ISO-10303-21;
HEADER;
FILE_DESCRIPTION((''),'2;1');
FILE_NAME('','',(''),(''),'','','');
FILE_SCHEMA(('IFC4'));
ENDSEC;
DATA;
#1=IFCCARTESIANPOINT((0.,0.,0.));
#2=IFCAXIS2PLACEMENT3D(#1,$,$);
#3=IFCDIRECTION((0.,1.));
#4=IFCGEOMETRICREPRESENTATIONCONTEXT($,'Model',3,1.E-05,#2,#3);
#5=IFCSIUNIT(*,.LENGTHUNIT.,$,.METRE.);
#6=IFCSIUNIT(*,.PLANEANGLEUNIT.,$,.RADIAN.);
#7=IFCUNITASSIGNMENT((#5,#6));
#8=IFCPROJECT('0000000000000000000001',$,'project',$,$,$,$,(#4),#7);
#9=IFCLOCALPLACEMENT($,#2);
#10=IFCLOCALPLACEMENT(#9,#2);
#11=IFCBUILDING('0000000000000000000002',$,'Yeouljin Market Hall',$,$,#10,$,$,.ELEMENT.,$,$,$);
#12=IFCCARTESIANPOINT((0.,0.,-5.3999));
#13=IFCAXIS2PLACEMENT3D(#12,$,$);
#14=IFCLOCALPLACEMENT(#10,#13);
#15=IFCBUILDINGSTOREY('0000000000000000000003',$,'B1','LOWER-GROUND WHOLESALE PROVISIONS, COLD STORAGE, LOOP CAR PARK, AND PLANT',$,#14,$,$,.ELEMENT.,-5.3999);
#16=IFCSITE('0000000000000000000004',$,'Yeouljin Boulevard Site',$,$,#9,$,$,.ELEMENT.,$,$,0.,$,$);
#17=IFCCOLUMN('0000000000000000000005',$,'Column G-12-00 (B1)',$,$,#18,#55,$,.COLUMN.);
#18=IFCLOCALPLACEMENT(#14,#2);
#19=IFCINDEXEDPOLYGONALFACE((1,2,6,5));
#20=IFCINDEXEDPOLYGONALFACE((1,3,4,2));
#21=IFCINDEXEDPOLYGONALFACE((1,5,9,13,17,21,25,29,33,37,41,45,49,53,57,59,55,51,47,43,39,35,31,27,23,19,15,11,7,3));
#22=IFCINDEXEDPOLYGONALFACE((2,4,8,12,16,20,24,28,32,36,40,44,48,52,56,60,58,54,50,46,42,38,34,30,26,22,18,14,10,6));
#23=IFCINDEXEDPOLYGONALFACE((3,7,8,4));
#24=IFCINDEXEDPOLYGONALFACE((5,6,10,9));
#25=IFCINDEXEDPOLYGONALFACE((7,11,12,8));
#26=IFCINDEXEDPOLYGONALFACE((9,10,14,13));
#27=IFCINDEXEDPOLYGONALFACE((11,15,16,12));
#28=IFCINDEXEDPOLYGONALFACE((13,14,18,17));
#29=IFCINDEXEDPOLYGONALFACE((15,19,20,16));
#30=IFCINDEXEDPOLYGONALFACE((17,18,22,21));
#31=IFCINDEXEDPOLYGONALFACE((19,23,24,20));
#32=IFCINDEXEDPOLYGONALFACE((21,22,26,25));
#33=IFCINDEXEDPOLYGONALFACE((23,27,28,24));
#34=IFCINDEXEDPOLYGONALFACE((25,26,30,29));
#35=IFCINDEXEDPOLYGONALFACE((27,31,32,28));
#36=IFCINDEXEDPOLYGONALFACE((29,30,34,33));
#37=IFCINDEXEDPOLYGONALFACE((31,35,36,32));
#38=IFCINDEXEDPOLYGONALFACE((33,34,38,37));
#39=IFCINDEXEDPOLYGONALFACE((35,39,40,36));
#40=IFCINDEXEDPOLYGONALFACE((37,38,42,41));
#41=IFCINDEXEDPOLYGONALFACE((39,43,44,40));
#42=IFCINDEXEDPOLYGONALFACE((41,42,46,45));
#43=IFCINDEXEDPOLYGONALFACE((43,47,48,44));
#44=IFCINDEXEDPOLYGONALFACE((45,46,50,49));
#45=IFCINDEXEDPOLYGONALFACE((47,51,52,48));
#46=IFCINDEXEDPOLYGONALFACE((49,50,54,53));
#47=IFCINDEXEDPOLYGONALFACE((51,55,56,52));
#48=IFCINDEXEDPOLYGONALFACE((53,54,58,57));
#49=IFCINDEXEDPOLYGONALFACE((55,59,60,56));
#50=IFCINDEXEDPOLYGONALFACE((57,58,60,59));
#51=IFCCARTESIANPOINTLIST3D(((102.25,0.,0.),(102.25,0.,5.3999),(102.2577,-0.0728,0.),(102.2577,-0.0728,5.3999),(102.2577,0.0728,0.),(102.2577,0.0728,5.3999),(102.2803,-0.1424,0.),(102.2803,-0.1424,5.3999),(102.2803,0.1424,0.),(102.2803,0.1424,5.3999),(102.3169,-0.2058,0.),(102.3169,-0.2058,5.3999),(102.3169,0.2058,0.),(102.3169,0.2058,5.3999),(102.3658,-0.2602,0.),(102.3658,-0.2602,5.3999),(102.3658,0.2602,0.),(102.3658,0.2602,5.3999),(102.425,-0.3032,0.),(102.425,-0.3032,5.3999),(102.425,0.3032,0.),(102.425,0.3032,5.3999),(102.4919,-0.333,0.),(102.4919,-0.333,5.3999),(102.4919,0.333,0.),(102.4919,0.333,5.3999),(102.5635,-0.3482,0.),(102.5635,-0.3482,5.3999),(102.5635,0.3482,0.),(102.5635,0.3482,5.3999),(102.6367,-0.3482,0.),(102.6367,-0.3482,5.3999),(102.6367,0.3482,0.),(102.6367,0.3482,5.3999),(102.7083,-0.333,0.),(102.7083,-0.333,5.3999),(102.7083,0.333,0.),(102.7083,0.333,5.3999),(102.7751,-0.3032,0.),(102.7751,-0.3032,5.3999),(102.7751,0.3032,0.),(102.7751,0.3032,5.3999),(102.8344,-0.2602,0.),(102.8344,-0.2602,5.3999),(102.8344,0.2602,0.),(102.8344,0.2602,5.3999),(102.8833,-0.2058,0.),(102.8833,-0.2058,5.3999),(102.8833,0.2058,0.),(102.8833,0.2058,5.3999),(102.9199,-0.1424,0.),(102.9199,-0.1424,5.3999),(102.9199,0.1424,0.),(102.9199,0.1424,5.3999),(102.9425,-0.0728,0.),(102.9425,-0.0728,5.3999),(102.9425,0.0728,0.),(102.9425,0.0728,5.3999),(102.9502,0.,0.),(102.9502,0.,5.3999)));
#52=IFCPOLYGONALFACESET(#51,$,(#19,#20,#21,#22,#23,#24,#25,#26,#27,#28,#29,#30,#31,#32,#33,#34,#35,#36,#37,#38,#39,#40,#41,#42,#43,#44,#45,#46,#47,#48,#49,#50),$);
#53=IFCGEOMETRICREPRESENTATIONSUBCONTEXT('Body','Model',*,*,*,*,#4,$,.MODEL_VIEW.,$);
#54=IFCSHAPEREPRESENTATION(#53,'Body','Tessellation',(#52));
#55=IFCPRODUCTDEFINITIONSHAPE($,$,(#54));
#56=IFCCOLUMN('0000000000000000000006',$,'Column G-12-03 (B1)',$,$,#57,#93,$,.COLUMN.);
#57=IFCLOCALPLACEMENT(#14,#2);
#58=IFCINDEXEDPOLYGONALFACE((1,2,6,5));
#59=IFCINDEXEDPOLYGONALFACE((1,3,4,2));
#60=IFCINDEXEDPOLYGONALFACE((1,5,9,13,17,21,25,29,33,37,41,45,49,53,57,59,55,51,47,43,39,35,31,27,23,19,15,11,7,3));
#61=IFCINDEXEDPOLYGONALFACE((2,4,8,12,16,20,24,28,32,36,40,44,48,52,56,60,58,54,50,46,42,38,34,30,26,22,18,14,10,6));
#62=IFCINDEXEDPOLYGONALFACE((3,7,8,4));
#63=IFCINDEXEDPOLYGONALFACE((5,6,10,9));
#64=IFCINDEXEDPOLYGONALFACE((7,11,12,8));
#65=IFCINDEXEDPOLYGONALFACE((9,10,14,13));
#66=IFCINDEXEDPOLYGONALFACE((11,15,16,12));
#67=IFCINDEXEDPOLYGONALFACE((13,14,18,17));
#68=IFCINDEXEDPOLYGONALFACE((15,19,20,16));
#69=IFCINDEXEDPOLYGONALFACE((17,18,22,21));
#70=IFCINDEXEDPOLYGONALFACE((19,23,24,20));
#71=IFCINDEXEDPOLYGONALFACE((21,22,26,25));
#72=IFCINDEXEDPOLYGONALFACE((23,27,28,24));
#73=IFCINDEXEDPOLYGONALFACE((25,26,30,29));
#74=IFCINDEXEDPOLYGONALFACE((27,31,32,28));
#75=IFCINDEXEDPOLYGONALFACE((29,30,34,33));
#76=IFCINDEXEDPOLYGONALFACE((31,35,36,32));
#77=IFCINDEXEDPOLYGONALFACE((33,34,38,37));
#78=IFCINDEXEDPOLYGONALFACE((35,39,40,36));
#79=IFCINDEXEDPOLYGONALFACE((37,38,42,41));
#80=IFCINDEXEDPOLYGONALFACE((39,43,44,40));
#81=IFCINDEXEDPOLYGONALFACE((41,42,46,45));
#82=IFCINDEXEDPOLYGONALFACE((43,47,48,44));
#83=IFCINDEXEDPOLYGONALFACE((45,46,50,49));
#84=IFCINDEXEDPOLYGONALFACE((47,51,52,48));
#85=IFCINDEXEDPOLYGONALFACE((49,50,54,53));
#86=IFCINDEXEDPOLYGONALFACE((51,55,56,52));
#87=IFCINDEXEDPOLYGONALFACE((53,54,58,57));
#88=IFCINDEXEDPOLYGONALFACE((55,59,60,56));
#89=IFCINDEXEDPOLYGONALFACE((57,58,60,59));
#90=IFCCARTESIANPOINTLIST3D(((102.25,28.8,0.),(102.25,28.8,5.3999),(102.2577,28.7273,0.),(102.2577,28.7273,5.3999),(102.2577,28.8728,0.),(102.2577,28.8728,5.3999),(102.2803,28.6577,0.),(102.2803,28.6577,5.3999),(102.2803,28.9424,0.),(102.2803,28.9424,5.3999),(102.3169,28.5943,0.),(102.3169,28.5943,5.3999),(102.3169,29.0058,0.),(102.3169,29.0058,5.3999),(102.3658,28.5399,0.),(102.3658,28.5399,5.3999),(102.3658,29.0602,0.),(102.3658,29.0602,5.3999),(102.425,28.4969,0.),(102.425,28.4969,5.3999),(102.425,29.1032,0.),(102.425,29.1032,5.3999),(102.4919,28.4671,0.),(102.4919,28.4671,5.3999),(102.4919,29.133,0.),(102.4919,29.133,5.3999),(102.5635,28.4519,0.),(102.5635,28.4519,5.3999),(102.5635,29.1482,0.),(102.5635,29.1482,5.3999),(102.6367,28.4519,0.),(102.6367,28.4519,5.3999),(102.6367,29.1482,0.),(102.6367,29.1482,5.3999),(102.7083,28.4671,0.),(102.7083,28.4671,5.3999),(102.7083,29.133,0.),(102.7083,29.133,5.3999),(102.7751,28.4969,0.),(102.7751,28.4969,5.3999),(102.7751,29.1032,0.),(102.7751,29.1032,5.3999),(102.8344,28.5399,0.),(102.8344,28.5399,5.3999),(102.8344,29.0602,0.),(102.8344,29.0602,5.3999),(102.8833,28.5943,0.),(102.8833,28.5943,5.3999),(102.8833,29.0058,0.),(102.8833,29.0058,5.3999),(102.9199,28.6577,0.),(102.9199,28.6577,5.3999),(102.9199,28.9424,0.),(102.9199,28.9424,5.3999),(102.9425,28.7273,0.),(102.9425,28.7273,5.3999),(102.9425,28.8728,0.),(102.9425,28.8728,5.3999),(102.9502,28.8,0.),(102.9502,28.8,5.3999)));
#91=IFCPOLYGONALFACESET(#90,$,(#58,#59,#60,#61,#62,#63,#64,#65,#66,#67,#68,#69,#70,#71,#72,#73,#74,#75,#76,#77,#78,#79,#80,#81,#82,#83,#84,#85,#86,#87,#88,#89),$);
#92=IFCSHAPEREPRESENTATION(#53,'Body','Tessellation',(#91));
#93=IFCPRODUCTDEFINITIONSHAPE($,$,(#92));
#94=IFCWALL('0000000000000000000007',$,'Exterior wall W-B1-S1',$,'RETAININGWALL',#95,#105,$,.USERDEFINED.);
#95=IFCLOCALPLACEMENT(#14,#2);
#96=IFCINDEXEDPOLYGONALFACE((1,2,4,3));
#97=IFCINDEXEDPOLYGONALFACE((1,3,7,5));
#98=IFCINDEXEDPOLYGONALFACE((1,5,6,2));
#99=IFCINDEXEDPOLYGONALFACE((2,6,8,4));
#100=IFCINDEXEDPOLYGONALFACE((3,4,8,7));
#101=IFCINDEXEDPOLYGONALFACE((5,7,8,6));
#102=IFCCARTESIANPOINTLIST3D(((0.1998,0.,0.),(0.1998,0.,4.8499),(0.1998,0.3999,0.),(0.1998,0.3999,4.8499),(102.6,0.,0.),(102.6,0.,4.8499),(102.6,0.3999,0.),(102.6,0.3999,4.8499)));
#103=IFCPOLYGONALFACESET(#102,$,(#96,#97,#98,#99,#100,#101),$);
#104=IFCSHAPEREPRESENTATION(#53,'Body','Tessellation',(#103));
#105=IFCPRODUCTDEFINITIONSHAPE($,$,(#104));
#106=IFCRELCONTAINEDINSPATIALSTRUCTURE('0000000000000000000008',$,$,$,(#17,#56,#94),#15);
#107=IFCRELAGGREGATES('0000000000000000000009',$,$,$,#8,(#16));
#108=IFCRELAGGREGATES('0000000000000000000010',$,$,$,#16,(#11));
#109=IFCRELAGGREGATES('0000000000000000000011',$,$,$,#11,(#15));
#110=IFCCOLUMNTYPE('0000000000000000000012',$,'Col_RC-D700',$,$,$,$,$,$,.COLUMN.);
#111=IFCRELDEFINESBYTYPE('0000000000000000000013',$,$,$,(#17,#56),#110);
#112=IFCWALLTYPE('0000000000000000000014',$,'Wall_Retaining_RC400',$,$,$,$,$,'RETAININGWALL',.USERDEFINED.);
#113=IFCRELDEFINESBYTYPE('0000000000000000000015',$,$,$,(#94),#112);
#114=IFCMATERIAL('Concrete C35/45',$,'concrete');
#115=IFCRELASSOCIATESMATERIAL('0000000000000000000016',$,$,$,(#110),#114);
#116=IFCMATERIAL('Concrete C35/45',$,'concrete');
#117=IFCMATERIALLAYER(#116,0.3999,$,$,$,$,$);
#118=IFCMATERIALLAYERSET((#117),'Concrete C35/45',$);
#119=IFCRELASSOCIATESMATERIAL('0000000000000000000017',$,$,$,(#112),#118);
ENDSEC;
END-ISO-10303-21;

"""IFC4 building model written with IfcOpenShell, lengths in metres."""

from ifc_helpers import new_model, si_unit, direction, frame, frame_2d, origin, origin_2d, place, context, subcontext, project, spatial, rectangle, circle, extrude, material, layer, layer_set, material_profile, profile_set, type_object, element, save


model = new_model("IFC4")

# Units and contexts
model_context = context("Model", 3, precision=1e-05, world=origin(), true_north=direction((0.0, 1.0)))
body_context = subcontext(model_context, "Body", "Model", "MODEL_VIEW")
ifc_project = project(units=[si_unit("LENGTHUNIT", "METRE"), si_unit("PLANEANGLEUNIT", "RADIAN")], contexts=[model_context])

# Site, building, storey
site_placement = place(None, origin())
site = spatial("IfcSite", under=ifc_project, at=site_placement, Name="Yeouljin Boulevard Site", CompositionType="ELEMENT", RefElevation=0.0)
building_placement = place(site_placement, origin())
building = spatial("IfcBuilding", under=site, at=building_placement, Name="Yeouljin Market Hall", CompositionType="ELEMENT")
storey_placement = place(building_placement, frame((0.0, 0.0, -5.3999)))
storey = spatial("IfcBuildingStorey", under=building, at=storey_placement, Name="B1", Description="LOWER-GROUND WHOLESALE PROVISIONS, COLD STORAGE, LOOP CAR PARK, AND PLANT", CompositionType="ELEMENT", Elevation=-5.3999)

# Columns
ifc_material_1 = material(Name="Concrete C35/45", Category="concrete")
ifc_material_profile_1 = material_profile(ifc_material_1, circle(Radius=0.3501, at=origin_2d()), Name="RC-D700")
ifc_profile_set_1 = profile_set([ifc_material_profile_1], Name="Concrete C35/45")
column_type_1 = type_object("IfcColumnType", Name="Col_RC-D700", PredefinedType="COLUMN", material=ifc_profile_set_1)
for number, where, z_axis, x_axis, name in (
    (1, (102.6001, 0.0, 0.0), (0.0, 0.0, 1.0), (1.0, 0.0, 0.0), "Column G-12-00 (B1)"),
    (2, (102.6001, 28.8, 0.0), (0.0, 0.0, 1.0), (1.0, 0.0, 0.0), "Column G-12-03 (B1)"),
):
    element("IfcColumn", number, at=place(storey_placement, frame(where, z_axis=z_axis, x_axis=x_axis)), inside=storey, type_object=column_type_1, Name=name, PredefinedType="COLUMN", context=body_context, shape_type="SweptSolid", body=[
        extrude(circle(Radius=0.3501, at=origin_2d()), origin(), (0.0, 0.0, 1.0), 5.3999),
    ])

# Wall
ifc_material_2 = material(Name="Concrete C35/45", Category="concrete")
ifc_layer = layer(ifc_material_2, 0.3999)
ifc_layer_set = layer_set([ifc_layer], Name="Concrete C35/45")
wall_type = type_object("IfcWallType", Name="Wall_Retaining_RC400", ElementType="RETAININGWALL", PredefinedType="USERDEFINED", material=ifc_layer_set)
wall_placement = place(storey_placement, frame((102.6001, 0.2, 0.0), z_axis=(0.0, 0.0, 1.0), x_axis=(-1.0, 0.0, 0.0)))
element("IfcWall", 3, at=wall_placement, inside=storey, type_object=wall_type, Name="Exterior wall W-B1-S1", ObjectType="RETAININGWALL", PredefinedType="USERDEFINED", context=body_context, shape_type="SweptSolid", body=[
    extrude(rectangle(XDim=102.4001, YDim=0.3999, at=frame_2d((51.2002, 0.0))), origin(), (0.0, 0.0, 1.0), 4.8499),
])

save(model, "model.ifc")
